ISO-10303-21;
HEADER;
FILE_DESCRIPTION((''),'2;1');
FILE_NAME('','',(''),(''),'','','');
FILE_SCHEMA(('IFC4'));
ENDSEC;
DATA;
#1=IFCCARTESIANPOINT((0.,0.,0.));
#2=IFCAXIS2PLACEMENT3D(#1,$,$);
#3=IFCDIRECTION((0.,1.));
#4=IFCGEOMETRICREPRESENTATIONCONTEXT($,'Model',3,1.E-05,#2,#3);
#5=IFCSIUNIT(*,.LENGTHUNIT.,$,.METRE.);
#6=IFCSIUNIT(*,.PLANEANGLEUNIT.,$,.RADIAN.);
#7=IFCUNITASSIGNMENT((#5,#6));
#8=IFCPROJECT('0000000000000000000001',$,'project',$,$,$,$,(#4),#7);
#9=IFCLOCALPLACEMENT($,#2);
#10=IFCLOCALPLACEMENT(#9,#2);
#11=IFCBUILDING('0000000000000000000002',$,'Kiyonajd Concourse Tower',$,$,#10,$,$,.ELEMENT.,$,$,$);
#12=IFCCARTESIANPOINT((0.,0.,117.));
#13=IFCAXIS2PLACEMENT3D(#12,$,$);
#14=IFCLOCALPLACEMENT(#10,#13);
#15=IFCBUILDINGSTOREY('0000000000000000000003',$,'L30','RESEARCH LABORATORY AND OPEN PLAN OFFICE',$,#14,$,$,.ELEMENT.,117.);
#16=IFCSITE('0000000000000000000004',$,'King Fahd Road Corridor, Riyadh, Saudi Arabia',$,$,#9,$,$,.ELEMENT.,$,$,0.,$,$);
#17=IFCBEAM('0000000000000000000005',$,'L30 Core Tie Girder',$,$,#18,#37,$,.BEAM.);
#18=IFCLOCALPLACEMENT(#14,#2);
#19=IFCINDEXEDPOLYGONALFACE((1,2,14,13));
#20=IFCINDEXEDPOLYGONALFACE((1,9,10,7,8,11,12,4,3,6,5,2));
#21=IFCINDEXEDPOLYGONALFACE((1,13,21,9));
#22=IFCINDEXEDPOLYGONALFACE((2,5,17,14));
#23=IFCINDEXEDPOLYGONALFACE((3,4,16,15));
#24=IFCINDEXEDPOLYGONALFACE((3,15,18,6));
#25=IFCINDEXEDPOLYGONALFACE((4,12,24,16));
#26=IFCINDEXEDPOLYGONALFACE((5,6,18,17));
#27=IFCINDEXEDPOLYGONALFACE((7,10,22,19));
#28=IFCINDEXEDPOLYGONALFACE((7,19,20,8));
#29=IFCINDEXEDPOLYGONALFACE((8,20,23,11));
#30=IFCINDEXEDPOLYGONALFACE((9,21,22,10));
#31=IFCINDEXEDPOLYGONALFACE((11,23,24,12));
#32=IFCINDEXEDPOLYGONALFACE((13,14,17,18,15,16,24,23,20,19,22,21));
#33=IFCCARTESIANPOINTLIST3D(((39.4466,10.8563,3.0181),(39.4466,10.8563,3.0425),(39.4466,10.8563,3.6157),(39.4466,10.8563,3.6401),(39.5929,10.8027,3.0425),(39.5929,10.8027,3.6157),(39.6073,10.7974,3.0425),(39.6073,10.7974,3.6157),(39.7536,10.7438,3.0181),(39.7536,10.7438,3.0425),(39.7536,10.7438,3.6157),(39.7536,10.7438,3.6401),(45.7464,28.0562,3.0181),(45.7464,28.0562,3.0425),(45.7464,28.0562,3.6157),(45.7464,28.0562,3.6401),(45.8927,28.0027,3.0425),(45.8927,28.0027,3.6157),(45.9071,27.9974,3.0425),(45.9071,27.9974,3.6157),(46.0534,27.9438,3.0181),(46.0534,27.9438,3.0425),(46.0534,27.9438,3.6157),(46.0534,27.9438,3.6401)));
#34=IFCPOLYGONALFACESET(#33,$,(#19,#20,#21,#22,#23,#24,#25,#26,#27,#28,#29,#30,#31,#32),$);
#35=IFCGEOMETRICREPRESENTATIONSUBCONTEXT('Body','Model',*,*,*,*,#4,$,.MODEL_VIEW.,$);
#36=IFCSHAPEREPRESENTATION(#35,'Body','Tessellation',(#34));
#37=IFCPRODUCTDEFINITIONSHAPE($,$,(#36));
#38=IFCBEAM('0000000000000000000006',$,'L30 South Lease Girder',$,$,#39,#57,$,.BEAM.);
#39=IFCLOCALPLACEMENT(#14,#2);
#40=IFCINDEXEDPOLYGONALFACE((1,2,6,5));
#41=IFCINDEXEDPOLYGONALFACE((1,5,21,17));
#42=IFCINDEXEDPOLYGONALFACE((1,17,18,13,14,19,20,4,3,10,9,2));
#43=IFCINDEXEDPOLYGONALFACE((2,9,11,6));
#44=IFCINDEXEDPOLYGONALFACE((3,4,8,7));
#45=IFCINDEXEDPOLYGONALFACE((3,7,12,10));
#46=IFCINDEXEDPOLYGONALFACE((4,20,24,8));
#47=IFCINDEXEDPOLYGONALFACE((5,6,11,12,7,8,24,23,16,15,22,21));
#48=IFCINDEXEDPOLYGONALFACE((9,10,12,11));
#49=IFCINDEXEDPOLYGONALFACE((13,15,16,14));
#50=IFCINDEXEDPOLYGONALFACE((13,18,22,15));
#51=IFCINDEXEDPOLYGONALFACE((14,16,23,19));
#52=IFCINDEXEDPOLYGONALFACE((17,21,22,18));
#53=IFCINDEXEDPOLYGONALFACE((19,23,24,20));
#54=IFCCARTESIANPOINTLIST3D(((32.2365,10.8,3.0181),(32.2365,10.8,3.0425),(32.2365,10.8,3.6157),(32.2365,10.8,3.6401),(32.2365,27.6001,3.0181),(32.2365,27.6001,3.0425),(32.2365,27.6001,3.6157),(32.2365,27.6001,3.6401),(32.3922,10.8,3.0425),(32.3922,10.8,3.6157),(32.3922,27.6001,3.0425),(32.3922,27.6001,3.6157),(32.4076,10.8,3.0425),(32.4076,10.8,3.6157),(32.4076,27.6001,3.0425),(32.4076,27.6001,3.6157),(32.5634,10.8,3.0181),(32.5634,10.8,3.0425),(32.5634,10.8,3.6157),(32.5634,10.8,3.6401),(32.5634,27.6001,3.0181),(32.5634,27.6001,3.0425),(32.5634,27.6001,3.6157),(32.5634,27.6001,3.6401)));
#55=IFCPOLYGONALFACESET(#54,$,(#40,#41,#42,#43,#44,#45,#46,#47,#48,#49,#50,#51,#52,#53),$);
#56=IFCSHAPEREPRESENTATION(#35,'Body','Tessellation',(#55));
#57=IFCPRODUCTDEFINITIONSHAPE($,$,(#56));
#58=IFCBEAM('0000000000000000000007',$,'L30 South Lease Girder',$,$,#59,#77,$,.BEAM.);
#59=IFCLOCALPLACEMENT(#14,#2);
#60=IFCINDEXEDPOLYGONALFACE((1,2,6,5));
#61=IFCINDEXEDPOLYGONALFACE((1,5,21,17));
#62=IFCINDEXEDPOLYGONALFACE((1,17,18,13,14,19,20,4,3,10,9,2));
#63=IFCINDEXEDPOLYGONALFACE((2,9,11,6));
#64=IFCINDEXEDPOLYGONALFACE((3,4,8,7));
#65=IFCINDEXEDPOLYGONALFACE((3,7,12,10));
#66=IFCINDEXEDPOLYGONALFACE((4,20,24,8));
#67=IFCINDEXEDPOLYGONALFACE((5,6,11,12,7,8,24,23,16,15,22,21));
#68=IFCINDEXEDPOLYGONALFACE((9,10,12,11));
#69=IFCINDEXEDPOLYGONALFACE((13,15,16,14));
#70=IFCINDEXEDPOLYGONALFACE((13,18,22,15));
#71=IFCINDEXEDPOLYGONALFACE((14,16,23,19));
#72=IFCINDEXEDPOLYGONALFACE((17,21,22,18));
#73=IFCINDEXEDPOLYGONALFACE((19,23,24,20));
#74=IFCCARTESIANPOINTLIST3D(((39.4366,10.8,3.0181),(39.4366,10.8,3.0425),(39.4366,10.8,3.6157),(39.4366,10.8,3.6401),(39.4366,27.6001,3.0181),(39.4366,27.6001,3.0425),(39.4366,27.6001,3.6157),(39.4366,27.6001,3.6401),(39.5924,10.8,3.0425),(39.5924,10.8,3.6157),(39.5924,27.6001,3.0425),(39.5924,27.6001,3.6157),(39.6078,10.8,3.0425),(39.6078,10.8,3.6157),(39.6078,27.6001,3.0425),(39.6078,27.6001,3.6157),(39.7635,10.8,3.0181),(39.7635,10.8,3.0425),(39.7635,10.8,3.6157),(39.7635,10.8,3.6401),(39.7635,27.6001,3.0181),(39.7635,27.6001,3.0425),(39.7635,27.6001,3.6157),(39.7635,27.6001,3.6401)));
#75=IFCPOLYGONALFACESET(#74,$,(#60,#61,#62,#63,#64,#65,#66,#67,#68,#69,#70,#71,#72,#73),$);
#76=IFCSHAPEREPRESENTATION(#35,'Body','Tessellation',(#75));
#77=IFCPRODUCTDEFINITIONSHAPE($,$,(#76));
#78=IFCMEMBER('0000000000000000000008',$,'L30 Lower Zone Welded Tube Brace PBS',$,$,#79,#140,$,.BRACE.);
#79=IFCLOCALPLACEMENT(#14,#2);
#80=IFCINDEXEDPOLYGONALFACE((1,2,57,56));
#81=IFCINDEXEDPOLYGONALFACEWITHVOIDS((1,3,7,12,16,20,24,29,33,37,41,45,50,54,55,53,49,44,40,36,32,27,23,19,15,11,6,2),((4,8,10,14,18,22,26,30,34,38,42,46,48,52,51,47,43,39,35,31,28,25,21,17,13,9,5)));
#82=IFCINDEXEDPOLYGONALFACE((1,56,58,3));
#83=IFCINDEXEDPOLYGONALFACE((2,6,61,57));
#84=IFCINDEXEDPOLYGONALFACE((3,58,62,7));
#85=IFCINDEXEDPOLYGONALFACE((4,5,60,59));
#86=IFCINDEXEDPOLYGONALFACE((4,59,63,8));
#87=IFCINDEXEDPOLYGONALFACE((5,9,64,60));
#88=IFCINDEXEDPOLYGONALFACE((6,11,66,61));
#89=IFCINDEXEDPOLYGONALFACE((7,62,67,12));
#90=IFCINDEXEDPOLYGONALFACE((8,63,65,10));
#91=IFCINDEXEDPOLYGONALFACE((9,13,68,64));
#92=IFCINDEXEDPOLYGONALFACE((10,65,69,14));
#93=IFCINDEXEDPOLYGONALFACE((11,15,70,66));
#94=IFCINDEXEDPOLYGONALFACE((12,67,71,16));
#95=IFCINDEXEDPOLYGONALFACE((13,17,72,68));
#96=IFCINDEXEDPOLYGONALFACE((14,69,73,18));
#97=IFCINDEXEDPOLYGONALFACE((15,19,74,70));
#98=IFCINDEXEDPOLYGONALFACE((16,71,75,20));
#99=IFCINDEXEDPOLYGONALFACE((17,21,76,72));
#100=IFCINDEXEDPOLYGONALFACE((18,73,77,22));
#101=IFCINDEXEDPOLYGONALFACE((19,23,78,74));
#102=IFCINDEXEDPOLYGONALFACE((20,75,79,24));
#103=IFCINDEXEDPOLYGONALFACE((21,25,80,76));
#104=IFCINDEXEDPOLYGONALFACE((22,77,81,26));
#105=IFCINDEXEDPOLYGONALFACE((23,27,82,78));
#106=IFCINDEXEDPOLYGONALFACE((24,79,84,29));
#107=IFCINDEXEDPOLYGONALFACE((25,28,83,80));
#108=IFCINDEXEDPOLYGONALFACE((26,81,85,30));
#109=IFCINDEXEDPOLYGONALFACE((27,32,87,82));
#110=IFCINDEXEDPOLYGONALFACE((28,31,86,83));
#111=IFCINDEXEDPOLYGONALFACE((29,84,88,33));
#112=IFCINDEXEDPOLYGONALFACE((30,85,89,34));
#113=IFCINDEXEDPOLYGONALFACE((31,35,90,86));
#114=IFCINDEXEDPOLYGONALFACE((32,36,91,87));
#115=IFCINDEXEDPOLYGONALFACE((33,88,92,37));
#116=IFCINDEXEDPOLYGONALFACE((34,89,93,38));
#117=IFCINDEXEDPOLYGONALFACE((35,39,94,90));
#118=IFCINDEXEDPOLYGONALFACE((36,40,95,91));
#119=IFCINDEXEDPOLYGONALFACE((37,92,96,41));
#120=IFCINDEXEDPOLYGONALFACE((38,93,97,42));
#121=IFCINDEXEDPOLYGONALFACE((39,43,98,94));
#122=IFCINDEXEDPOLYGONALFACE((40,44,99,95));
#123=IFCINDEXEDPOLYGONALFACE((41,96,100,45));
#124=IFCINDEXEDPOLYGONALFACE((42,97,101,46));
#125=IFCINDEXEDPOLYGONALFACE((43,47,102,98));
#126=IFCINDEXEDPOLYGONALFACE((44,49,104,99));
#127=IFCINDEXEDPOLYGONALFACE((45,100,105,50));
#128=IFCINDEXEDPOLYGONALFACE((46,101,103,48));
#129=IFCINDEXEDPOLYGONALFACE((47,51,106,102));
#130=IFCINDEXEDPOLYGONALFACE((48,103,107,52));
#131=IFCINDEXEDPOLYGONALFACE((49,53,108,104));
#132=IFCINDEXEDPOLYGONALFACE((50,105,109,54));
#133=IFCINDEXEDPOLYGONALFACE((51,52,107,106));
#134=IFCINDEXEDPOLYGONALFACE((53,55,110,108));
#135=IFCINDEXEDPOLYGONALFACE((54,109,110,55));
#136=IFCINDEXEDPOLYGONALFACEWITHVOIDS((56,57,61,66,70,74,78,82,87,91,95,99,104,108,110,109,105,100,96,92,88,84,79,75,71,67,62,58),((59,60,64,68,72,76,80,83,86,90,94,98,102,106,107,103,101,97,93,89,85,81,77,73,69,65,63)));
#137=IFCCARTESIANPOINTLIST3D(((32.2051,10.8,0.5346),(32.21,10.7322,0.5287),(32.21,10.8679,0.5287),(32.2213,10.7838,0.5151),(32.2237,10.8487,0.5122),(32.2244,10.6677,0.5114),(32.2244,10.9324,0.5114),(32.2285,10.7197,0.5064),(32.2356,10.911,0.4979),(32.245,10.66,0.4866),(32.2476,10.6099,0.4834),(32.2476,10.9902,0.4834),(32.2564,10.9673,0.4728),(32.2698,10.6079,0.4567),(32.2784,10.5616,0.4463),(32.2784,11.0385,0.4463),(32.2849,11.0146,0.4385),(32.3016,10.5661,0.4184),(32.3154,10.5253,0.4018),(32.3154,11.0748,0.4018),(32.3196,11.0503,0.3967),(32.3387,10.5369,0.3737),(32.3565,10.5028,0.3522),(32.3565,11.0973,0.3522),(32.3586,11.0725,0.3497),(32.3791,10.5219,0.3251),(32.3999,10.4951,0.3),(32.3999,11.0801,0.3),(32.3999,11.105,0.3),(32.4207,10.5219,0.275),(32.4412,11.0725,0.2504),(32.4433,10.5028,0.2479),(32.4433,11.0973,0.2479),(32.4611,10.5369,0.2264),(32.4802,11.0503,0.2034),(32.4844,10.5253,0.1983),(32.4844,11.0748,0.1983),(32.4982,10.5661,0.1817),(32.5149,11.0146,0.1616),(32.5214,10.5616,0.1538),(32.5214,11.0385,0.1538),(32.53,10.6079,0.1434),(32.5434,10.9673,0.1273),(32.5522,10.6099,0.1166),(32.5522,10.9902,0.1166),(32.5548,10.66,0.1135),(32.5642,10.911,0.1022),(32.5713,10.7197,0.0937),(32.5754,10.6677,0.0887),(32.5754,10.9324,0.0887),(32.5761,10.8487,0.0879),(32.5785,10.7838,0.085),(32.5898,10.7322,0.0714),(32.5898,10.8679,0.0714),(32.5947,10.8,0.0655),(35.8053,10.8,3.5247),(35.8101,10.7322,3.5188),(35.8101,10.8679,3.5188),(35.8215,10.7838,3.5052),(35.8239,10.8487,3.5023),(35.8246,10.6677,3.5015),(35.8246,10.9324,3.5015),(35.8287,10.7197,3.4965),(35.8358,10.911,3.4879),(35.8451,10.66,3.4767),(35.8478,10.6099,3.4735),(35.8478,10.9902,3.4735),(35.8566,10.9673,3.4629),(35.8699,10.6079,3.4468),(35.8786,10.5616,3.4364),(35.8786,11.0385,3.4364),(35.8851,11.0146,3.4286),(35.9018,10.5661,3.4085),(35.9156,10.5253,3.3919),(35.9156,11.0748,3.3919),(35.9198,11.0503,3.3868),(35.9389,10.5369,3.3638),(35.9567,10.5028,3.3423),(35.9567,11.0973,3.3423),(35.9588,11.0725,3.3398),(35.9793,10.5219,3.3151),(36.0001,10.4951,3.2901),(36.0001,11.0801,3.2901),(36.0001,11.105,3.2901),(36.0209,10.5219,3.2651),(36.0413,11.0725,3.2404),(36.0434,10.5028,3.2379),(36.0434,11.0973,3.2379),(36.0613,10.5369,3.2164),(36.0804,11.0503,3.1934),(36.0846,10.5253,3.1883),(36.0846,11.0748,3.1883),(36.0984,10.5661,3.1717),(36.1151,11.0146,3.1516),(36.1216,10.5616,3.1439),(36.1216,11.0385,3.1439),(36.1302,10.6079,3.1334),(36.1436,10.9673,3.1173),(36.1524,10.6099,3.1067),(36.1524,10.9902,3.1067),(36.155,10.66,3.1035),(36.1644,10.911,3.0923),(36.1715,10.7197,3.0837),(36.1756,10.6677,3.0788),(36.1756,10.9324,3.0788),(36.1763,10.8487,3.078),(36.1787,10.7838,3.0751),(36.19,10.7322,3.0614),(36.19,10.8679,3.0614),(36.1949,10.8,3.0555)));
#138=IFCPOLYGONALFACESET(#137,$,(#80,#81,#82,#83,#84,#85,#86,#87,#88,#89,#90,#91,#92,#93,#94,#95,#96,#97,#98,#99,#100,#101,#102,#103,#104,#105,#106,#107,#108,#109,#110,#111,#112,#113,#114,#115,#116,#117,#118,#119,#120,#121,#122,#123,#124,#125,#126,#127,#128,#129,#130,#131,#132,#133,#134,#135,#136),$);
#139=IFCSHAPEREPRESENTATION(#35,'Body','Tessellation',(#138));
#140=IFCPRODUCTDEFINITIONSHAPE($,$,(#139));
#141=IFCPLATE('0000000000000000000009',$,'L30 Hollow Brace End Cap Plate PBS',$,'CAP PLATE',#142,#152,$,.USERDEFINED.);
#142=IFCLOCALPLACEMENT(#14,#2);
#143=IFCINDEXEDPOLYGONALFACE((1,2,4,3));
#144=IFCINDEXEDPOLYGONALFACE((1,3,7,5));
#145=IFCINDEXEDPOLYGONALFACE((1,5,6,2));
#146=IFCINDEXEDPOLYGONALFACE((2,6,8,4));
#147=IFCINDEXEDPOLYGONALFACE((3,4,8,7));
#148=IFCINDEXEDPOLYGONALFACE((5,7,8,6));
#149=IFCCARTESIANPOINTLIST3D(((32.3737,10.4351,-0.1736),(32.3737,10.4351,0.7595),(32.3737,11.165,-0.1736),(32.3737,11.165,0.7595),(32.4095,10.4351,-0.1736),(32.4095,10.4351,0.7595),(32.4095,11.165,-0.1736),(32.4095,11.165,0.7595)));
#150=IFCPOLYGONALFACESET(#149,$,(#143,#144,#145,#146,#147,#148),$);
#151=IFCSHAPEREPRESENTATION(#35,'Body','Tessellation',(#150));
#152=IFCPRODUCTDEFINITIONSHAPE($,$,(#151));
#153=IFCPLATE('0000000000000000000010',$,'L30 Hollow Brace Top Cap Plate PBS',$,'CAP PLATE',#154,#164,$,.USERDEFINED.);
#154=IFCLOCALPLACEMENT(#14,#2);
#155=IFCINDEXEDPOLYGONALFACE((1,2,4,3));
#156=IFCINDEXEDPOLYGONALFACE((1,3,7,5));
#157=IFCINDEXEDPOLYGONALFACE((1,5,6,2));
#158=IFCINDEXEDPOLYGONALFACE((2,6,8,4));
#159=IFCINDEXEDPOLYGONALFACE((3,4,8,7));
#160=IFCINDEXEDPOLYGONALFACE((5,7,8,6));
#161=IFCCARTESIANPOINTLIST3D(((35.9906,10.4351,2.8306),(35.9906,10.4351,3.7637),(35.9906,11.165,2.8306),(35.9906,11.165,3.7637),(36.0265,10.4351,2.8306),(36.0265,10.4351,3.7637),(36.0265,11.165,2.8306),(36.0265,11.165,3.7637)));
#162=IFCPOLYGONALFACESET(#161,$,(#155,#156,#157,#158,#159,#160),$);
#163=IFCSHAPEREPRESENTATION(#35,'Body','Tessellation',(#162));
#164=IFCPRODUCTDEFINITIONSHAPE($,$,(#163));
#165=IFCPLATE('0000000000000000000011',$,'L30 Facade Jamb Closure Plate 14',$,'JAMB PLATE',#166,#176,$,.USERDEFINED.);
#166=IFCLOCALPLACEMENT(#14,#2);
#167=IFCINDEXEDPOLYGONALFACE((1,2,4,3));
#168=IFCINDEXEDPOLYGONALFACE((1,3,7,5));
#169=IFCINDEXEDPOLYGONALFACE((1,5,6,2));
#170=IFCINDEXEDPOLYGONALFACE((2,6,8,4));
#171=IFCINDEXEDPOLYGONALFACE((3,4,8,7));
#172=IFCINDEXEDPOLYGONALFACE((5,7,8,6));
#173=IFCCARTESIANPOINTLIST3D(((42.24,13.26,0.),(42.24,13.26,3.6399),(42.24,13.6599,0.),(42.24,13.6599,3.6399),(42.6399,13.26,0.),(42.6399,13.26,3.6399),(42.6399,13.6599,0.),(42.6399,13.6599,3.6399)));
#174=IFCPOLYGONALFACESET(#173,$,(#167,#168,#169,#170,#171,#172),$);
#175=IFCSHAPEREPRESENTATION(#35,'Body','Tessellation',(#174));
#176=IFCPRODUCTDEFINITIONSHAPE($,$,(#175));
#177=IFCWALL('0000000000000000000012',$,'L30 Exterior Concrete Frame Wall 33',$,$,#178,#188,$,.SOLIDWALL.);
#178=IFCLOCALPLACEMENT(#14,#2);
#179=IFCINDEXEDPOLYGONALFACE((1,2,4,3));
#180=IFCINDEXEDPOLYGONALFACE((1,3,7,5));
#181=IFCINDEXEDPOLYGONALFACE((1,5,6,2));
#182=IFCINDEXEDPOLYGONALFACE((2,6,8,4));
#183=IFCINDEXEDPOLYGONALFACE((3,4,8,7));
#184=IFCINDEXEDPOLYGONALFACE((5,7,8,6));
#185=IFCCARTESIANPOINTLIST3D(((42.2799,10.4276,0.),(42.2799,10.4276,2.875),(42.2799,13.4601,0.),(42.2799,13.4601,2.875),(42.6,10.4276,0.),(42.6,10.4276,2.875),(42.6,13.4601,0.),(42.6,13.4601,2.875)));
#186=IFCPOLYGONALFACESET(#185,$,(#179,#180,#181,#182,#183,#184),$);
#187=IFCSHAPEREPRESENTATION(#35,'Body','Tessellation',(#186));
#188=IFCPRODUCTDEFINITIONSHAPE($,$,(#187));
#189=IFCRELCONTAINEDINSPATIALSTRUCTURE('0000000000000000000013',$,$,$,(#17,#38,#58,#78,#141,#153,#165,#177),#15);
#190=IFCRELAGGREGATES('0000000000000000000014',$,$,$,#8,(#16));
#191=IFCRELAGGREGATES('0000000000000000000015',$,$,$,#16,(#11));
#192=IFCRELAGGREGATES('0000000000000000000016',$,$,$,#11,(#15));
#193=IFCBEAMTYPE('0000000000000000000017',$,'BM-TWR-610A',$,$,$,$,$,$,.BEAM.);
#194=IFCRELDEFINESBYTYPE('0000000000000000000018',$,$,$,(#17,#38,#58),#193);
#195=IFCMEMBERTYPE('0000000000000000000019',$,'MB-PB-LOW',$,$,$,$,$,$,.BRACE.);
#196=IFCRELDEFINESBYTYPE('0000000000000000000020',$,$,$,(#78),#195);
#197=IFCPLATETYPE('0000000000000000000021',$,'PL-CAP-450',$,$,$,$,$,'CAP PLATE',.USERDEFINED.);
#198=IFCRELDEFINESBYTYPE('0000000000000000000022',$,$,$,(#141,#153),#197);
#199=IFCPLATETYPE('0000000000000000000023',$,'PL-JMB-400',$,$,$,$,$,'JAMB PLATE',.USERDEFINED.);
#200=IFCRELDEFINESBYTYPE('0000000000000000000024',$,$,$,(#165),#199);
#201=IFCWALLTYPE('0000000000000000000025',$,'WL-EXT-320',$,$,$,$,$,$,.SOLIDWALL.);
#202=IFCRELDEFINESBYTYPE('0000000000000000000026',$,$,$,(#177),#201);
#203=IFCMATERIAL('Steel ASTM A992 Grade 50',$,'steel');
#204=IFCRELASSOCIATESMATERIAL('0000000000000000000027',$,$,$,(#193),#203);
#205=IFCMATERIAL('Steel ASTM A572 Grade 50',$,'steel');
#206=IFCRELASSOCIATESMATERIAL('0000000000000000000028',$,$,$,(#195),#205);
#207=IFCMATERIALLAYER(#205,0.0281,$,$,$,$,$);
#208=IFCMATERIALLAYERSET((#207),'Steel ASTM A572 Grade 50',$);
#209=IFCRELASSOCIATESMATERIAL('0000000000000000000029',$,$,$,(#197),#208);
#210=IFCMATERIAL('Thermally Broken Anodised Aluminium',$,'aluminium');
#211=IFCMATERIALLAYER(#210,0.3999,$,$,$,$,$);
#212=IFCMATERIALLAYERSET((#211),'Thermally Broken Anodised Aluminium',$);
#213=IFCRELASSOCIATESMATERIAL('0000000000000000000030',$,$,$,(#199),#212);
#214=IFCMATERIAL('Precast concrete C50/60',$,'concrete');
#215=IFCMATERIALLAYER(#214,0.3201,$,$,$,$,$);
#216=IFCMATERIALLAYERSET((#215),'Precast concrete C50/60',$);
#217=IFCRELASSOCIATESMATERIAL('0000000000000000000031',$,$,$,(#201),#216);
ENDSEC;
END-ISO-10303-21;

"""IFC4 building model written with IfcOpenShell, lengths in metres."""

from ifc_helpers import new_model, si_unit, direction, frame, frame_2d, origin, origin_2d, place, context, subcontext, project, spatial, rectangle, hollow_circle, i_section, extrude, material, layer, layer_set, material_profile, profile_set, type_object, element, save


model = new_model("IFC4")

# Units and contexts
model_context = context("Model", 3, precision=1e-05, world=origin(), true_north=direction((0.0, 1.0)))
body_context = subcontext(model_context, "Body", "Model", "MODEL_VIEW")
ifc_project = project(units=[si_unit("LENGTHUNIT", "METRE"), si_unit("PLANEANGLEUNIT", "RADIAN")], contexts=[model_context])

# Site, building, storey
site_placement = place(None, origin())
site = spatial("IfcSite", under=ifc_project, at=site_placement, Name="King Fahd Road Corridor, Riyadh, Saudi Arabia", CompositionType="ELEMENT", RefElevation=0.0)
building_placement = place(site_placement, origin())
building = spatial("IfcBuilding", under=site, at=building_placement, Name="Kiyonajd Concourse Tower", CompositionType="ELEMENT")
storey_placement = place(building_placement, frame((0.0, 0.0, 117.0)))
storey = spatial("IfcBuildingStorey", under=building, at=storey_placement, Name="L30", Description="RESEARCH LABORATORY AND OPEN PLAN OFFICE", CompositionType="ELEMENT", Elevation=117.0)

# Beams
ifc_material_1 = material(Name="Steel ASTM A992 Grade 50", Category="steel")
ifc_material_2 = material(Name="Precast concrete C50/60", Category="concrete")
ifc_material_profile_1 = material_profile(ifc_material_1, i_section(OverallWidth=0.3269, OverallDepth=0.6221, WebThickness=0.0154, FlangeThickness=0.0244, at=origin_2d()), Name="W610X195")
ifc_profile_set_1 = profile_set([ifc_material_profile_1], Name="Steel ASTM A992 Grade 50")
beam_type_1 = type_object("IfcBeamType", Name="BM-TWR-610A", PredefinedType="BEAM", material=ifc_profile_set_1)
beam_1_placement = place(storey_placement, frame((39.6001, 10.8, 3.3291), z_axis=(0.343925, 0.938997, 0.0), x_axis=(-0.938997, 0.343925, 0.0)))
element("IfcBeam", 1, at=beam_1_placement, inside=storey, type_object=beam_type_1, Name="L30 Core Tie Girder", PredefinedType="BEAM", context=body_context, shape_type="SweptSolid", body=[
    extrude(i_section(OverallWidth=0.3269, OverallDepth=0.6221, WebThickness=0.0154, FlangeThickness=0.0244, at=origin_2d()), origin(), (0.0, 0.0, 1.0), 18.3174),
])
for number, where, z_axis, x_axis, name in (
    (2, (32.3999, 10.8, 3.3291), (0.0, 1.0, 0.0), (-1.0, 0.0, 0.0), "L30 South Lease Girder"),
    (3, (39.6001, 10.8, 3.3291), (0.0, 1.0, 0.0), (-1.0, 0.0, 0.0), "L30 South Lease Girder"),
):
    element("IfcBeam", number, at=place(storey_placement, frame(where, z_axis=z_axis, x_axis=x_axis)), inside=storey, type_object=beam_type_1, Name=name, PredefinedType="BEAM", context=body_context, shape_type="SweptSolid", body=[
        extrude(i_section(OverallWidth=0.3269, OverallDepth=0.6221, WebThickness=0.0154, FlangeThickness=0.0244, at=origin_2d()), origin(), (0.0, 0.0, 1.0), 16.8),
    ])

# Member
ifc_material_3 = material(Name="Steel ASTM A572 Grade 50", Category="steel")
ifc_material_profile_2 = material_profile(ifc_material_3, hollow_circle(Radius=0.3049, WallThickness=0.0249, at=origin_2d()), Name="CHS-610x25")
ifc_profile_set_2 = profile_set([ifc_material_profile_2], Name="Steel ASTM A572 Grade 50")
member_type = type_object("IfcMemberType", Name="MB-PB-LOW", PredefinedType="BRACE", material=ifc_profile_set_2)
member_placement = place(storey_placement, frame((32.3999, 10.8, 0.3), z_axis=(0.769281, 0.0, 0.638911), x_axis=(0.0, 1.0, 0.0)))
element("IfcMember", 4, at=member_placement, inside=storey, type_object=member_type, Name="L30 Lower Zone Welded Tube Brace PBS", PredefinedType="BRACE", context=body_context, shape_type="SweptSolid", body=[
    extrude(hollow_circle(Radius=0.3049, WallThickness=0.0249, at=origin_2d()), origin(), (0.0, 0.0, 1.0), 4.6799),
])

# Plates
ifc_layer_1 = layer(ifc_material_3, 0.0281)
ifc_layer_set_1 = layer_set([ifc_layer_1], Name="Steel ASTM A572 Grade 50")
plate_type_1 = type_object("IfcPlateType", Name="PL-CAP-450", ElementType="CAP PLATE", PredefinedType="USERDEFINED", material=ifc_layer_set_1)
for number, where, z_axis, x_axis, name in (
    (5, (32.3916, 10.8, -0.1736), (0.0, 0.0, 1.0), (-1.0, 0.0, 0.0), "L30 Hollow Brace End Cap Plate PBS"),
    (6, (36.0085, 10.8, 2.8306), (0.0, 0.0, 1.0), (1.0, 0.0, 0.0), "L30 Hollow Brace Top Cap Plate PBS"),
):
    element("IfcPlate", number, at=place(storey_placement, frame(where, z_axis=z_axis, x_axis=x_axis)), inside=storey, type_object=plate_type_1, Name=name, ObjectType="CAP PLATE", PredefinedType="USERDEFINED", context=body_context, shape_type="SweptSolid", body=[
        extrude(rectangle(XDim=0.0359, YDim=0.73, at=origin_2d()), origin(), (0.0, 0.0, 1.0), 0.9331),
    ])
ifc_material_4 = material(Name="Thermally Broken Anodised Aluminium", Category="aluminium")
ifc_layer_2 = layer(ifc_material_4, 0.3999)
ifc_layer_set_2 = layer_set([ifc_layer_2], Name="Thermally Broken Anodised Aluminium")
plate_type_2 = type_object("IfcPlateType", Name="PL-JMB-400", ElementType="JAMB PLATE", PredefinedType="USERDEFINED", material=ifc_layer_set_2)
plate_placement = place(storey_placement, frame((42.4399, 13.46, 0.0), z_axis=(0.0, 0.0, 1.0), x_axis=(1.0, 0.0, 0.0)))
element("IfcPlate", 7, at=plate_placement, inside=storey, type_object=plate_type_2, Name="L30 Facade Jamb Closure Plate 14", ObjectType="JAMB PLATE", PredefinedType="USERDEFINED", context=body_context, shape_type="SweptSolid", body=[
    extrude(rectangle(XDim=0.3999, YDim=0.3999, at=origin_2d()), origin(), (0.0, 0.0, 1.0), 3.6399),
])

# Wall
ifc_layer_3 = layer(ifc_material_2, 0.3201)
ifc_layer_set_3 = layer_set([ifc_layer_3], Name="Precast concrete C50/60")
wall_type_1 = type_object("IfcWallType", Name="WL-EXT-320", PredefinedType="SOLIDWALL", material=ifc_layer_set_3)
wall_1_placement = place(storey_placement, frame((42.4399, 13.46, 0.0), z_axis=(0.0, 0.0, 1.0), x_axis=(0.0, -1.0, 0.0)))
element("IfcWall", 8, at=wall_1_placement, inside=storey, type_object=wall_type_1, Name="L30 Exterior Concrete Frame Wall 33", PredefinedType="SOLIDWALL", context=body_context, shape_type="SweptSolid", body=[
    extrude(rectangle(XDim=3.0325, YDim=0.3201, at=frame_2d((1.5161, 0.0))), origin(), (0.0, 0.0, 1.0), 2.875),
])

save(model, "model.ifc")
